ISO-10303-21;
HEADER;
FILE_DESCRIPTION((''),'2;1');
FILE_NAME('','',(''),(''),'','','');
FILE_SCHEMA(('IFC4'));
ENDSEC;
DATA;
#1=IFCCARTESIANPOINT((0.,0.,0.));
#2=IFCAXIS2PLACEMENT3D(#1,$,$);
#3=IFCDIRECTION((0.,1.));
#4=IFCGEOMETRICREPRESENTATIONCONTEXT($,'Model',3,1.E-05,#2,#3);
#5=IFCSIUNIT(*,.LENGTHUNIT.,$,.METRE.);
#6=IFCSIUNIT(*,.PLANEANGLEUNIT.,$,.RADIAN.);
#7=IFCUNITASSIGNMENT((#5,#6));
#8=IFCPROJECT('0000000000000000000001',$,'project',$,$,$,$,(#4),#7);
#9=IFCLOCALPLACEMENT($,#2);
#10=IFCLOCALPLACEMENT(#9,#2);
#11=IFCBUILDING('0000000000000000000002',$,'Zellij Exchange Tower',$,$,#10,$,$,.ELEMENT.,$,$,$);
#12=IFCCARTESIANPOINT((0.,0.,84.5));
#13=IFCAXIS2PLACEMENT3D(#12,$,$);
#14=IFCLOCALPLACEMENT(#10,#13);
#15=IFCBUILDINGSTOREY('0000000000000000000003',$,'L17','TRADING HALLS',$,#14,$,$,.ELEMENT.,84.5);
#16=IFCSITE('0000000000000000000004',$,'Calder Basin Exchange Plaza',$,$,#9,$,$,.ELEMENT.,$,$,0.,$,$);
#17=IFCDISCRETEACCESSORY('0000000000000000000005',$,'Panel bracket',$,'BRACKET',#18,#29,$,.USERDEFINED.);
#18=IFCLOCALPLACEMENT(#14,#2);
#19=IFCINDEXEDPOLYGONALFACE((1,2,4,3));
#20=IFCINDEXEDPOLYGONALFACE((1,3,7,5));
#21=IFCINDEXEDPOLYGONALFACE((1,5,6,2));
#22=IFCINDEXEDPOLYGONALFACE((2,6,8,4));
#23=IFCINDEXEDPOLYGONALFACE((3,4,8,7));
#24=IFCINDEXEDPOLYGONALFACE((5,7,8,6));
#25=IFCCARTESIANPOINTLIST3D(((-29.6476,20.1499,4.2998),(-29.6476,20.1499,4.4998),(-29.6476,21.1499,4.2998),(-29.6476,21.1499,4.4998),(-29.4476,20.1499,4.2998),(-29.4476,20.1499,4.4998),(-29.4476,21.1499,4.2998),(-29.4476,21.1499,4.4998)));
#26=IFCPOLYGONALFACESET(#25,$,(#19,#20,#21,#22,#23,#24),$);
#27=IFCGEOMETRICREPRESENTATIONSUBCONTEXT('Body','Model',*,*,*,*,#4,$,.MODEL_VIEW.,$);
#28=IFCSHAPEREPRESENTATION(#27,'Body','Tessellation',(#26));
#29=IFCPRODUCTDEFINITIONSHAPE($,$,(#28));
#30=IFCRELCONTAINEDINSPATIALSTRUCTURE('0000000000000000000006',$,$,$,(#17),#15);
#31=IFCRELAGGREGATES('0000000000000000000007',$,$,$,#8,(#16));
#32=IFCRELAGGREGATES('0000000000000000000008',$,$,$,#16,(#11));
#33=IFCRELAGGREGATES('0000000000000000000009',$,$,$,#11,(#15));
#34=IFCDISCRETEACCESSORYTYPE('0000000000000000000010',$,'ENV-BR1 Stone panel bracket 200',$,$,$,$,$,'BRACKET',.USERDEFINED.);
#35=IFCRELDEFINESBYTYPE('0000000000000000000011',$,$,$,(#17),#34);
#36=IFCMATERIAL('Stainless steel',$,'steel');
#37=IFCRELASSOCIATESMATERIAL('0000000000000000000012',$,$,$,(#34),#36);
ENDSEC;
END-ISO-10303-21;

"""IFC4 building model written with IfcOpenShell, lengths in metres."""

from ifc_helpers import new_model, si_unit, direction, frame, origin, origin_2d, place, context, subcontext, project, spatial, rectangle, extrude, material, type_object, element, save


model = new_model("IFC4")

# Units and contexts
model_context = context("Model", 3, precision=1e-05, world=origin(), true_north=direction((0.0, 1.0)))
body_context = subcontext(model_context, "Body", "Model", "MODEL_VIEW")
ifc_project = project(units=[si_unit("LENGTHUNIT", "METRE"), si_unit("PLANEANGLEUNIT", "RADIAN")], contexts=[model_context])

# Site, building, storey
site_placement = place(None, origin())
site = spatial("IfcSite", under=ifc_project, at=site_placement, Name="Calder Basin Exchange Plaza", CompositionType="ELEMENT", RefElevation=0.0)
building_placement = place(site_placement, origin())
building = spatial("IfcBuilding", under=site, at=building_placement, Name="Zellij Exchange Tower", CompositionType="ELEMENT")
storey_placement = place(building_placement, frame((0.0, 0.0, 84.5)))
storey = spatial("IfcBuildingStorey", under=building, at=storey_placement, Name="L17", Description="TRADING HALLS", CompositionType="ELEMENT", Elevation=84.5)

# Discrete accessory
ifc_material_1 = material(Name="Stainless steel", Category="steel")
discrete_accessory_type = type_object("IfcDiscreteAccessoryType", Name="ENV-BR1 Stone panel bracket 200", ElementType="BRACKET", PredefinedType="USERDEFINED", material=ifc_material_1)
for number, where, z_axis, x_axis, name in (
    (1, (-29.5476, 20.6499, 4.2998), (0.0, 0.0, 1.0), (-1.0, 0.0, 0.0), "Panel bracket"),
):
    element("IfcDiscreteAccessory", number, at=place(storey_placement, frame(where, z_axis=z_axis, x_axis=x_axis)), inside=storey, type_object=discrete_accessory_type, Name=name, ObjectType="BRACKET", PredefinedType="USERDEFINED", context=body_context, shape_type="SweptSolid", body=[
        extrude(rectangle(XDim=0.2, YDim=1.0, at=origin_2d()), origin(), (0.0, 0.0, 1.0), 0.2),
    ])

save(model, "model.ifc")
